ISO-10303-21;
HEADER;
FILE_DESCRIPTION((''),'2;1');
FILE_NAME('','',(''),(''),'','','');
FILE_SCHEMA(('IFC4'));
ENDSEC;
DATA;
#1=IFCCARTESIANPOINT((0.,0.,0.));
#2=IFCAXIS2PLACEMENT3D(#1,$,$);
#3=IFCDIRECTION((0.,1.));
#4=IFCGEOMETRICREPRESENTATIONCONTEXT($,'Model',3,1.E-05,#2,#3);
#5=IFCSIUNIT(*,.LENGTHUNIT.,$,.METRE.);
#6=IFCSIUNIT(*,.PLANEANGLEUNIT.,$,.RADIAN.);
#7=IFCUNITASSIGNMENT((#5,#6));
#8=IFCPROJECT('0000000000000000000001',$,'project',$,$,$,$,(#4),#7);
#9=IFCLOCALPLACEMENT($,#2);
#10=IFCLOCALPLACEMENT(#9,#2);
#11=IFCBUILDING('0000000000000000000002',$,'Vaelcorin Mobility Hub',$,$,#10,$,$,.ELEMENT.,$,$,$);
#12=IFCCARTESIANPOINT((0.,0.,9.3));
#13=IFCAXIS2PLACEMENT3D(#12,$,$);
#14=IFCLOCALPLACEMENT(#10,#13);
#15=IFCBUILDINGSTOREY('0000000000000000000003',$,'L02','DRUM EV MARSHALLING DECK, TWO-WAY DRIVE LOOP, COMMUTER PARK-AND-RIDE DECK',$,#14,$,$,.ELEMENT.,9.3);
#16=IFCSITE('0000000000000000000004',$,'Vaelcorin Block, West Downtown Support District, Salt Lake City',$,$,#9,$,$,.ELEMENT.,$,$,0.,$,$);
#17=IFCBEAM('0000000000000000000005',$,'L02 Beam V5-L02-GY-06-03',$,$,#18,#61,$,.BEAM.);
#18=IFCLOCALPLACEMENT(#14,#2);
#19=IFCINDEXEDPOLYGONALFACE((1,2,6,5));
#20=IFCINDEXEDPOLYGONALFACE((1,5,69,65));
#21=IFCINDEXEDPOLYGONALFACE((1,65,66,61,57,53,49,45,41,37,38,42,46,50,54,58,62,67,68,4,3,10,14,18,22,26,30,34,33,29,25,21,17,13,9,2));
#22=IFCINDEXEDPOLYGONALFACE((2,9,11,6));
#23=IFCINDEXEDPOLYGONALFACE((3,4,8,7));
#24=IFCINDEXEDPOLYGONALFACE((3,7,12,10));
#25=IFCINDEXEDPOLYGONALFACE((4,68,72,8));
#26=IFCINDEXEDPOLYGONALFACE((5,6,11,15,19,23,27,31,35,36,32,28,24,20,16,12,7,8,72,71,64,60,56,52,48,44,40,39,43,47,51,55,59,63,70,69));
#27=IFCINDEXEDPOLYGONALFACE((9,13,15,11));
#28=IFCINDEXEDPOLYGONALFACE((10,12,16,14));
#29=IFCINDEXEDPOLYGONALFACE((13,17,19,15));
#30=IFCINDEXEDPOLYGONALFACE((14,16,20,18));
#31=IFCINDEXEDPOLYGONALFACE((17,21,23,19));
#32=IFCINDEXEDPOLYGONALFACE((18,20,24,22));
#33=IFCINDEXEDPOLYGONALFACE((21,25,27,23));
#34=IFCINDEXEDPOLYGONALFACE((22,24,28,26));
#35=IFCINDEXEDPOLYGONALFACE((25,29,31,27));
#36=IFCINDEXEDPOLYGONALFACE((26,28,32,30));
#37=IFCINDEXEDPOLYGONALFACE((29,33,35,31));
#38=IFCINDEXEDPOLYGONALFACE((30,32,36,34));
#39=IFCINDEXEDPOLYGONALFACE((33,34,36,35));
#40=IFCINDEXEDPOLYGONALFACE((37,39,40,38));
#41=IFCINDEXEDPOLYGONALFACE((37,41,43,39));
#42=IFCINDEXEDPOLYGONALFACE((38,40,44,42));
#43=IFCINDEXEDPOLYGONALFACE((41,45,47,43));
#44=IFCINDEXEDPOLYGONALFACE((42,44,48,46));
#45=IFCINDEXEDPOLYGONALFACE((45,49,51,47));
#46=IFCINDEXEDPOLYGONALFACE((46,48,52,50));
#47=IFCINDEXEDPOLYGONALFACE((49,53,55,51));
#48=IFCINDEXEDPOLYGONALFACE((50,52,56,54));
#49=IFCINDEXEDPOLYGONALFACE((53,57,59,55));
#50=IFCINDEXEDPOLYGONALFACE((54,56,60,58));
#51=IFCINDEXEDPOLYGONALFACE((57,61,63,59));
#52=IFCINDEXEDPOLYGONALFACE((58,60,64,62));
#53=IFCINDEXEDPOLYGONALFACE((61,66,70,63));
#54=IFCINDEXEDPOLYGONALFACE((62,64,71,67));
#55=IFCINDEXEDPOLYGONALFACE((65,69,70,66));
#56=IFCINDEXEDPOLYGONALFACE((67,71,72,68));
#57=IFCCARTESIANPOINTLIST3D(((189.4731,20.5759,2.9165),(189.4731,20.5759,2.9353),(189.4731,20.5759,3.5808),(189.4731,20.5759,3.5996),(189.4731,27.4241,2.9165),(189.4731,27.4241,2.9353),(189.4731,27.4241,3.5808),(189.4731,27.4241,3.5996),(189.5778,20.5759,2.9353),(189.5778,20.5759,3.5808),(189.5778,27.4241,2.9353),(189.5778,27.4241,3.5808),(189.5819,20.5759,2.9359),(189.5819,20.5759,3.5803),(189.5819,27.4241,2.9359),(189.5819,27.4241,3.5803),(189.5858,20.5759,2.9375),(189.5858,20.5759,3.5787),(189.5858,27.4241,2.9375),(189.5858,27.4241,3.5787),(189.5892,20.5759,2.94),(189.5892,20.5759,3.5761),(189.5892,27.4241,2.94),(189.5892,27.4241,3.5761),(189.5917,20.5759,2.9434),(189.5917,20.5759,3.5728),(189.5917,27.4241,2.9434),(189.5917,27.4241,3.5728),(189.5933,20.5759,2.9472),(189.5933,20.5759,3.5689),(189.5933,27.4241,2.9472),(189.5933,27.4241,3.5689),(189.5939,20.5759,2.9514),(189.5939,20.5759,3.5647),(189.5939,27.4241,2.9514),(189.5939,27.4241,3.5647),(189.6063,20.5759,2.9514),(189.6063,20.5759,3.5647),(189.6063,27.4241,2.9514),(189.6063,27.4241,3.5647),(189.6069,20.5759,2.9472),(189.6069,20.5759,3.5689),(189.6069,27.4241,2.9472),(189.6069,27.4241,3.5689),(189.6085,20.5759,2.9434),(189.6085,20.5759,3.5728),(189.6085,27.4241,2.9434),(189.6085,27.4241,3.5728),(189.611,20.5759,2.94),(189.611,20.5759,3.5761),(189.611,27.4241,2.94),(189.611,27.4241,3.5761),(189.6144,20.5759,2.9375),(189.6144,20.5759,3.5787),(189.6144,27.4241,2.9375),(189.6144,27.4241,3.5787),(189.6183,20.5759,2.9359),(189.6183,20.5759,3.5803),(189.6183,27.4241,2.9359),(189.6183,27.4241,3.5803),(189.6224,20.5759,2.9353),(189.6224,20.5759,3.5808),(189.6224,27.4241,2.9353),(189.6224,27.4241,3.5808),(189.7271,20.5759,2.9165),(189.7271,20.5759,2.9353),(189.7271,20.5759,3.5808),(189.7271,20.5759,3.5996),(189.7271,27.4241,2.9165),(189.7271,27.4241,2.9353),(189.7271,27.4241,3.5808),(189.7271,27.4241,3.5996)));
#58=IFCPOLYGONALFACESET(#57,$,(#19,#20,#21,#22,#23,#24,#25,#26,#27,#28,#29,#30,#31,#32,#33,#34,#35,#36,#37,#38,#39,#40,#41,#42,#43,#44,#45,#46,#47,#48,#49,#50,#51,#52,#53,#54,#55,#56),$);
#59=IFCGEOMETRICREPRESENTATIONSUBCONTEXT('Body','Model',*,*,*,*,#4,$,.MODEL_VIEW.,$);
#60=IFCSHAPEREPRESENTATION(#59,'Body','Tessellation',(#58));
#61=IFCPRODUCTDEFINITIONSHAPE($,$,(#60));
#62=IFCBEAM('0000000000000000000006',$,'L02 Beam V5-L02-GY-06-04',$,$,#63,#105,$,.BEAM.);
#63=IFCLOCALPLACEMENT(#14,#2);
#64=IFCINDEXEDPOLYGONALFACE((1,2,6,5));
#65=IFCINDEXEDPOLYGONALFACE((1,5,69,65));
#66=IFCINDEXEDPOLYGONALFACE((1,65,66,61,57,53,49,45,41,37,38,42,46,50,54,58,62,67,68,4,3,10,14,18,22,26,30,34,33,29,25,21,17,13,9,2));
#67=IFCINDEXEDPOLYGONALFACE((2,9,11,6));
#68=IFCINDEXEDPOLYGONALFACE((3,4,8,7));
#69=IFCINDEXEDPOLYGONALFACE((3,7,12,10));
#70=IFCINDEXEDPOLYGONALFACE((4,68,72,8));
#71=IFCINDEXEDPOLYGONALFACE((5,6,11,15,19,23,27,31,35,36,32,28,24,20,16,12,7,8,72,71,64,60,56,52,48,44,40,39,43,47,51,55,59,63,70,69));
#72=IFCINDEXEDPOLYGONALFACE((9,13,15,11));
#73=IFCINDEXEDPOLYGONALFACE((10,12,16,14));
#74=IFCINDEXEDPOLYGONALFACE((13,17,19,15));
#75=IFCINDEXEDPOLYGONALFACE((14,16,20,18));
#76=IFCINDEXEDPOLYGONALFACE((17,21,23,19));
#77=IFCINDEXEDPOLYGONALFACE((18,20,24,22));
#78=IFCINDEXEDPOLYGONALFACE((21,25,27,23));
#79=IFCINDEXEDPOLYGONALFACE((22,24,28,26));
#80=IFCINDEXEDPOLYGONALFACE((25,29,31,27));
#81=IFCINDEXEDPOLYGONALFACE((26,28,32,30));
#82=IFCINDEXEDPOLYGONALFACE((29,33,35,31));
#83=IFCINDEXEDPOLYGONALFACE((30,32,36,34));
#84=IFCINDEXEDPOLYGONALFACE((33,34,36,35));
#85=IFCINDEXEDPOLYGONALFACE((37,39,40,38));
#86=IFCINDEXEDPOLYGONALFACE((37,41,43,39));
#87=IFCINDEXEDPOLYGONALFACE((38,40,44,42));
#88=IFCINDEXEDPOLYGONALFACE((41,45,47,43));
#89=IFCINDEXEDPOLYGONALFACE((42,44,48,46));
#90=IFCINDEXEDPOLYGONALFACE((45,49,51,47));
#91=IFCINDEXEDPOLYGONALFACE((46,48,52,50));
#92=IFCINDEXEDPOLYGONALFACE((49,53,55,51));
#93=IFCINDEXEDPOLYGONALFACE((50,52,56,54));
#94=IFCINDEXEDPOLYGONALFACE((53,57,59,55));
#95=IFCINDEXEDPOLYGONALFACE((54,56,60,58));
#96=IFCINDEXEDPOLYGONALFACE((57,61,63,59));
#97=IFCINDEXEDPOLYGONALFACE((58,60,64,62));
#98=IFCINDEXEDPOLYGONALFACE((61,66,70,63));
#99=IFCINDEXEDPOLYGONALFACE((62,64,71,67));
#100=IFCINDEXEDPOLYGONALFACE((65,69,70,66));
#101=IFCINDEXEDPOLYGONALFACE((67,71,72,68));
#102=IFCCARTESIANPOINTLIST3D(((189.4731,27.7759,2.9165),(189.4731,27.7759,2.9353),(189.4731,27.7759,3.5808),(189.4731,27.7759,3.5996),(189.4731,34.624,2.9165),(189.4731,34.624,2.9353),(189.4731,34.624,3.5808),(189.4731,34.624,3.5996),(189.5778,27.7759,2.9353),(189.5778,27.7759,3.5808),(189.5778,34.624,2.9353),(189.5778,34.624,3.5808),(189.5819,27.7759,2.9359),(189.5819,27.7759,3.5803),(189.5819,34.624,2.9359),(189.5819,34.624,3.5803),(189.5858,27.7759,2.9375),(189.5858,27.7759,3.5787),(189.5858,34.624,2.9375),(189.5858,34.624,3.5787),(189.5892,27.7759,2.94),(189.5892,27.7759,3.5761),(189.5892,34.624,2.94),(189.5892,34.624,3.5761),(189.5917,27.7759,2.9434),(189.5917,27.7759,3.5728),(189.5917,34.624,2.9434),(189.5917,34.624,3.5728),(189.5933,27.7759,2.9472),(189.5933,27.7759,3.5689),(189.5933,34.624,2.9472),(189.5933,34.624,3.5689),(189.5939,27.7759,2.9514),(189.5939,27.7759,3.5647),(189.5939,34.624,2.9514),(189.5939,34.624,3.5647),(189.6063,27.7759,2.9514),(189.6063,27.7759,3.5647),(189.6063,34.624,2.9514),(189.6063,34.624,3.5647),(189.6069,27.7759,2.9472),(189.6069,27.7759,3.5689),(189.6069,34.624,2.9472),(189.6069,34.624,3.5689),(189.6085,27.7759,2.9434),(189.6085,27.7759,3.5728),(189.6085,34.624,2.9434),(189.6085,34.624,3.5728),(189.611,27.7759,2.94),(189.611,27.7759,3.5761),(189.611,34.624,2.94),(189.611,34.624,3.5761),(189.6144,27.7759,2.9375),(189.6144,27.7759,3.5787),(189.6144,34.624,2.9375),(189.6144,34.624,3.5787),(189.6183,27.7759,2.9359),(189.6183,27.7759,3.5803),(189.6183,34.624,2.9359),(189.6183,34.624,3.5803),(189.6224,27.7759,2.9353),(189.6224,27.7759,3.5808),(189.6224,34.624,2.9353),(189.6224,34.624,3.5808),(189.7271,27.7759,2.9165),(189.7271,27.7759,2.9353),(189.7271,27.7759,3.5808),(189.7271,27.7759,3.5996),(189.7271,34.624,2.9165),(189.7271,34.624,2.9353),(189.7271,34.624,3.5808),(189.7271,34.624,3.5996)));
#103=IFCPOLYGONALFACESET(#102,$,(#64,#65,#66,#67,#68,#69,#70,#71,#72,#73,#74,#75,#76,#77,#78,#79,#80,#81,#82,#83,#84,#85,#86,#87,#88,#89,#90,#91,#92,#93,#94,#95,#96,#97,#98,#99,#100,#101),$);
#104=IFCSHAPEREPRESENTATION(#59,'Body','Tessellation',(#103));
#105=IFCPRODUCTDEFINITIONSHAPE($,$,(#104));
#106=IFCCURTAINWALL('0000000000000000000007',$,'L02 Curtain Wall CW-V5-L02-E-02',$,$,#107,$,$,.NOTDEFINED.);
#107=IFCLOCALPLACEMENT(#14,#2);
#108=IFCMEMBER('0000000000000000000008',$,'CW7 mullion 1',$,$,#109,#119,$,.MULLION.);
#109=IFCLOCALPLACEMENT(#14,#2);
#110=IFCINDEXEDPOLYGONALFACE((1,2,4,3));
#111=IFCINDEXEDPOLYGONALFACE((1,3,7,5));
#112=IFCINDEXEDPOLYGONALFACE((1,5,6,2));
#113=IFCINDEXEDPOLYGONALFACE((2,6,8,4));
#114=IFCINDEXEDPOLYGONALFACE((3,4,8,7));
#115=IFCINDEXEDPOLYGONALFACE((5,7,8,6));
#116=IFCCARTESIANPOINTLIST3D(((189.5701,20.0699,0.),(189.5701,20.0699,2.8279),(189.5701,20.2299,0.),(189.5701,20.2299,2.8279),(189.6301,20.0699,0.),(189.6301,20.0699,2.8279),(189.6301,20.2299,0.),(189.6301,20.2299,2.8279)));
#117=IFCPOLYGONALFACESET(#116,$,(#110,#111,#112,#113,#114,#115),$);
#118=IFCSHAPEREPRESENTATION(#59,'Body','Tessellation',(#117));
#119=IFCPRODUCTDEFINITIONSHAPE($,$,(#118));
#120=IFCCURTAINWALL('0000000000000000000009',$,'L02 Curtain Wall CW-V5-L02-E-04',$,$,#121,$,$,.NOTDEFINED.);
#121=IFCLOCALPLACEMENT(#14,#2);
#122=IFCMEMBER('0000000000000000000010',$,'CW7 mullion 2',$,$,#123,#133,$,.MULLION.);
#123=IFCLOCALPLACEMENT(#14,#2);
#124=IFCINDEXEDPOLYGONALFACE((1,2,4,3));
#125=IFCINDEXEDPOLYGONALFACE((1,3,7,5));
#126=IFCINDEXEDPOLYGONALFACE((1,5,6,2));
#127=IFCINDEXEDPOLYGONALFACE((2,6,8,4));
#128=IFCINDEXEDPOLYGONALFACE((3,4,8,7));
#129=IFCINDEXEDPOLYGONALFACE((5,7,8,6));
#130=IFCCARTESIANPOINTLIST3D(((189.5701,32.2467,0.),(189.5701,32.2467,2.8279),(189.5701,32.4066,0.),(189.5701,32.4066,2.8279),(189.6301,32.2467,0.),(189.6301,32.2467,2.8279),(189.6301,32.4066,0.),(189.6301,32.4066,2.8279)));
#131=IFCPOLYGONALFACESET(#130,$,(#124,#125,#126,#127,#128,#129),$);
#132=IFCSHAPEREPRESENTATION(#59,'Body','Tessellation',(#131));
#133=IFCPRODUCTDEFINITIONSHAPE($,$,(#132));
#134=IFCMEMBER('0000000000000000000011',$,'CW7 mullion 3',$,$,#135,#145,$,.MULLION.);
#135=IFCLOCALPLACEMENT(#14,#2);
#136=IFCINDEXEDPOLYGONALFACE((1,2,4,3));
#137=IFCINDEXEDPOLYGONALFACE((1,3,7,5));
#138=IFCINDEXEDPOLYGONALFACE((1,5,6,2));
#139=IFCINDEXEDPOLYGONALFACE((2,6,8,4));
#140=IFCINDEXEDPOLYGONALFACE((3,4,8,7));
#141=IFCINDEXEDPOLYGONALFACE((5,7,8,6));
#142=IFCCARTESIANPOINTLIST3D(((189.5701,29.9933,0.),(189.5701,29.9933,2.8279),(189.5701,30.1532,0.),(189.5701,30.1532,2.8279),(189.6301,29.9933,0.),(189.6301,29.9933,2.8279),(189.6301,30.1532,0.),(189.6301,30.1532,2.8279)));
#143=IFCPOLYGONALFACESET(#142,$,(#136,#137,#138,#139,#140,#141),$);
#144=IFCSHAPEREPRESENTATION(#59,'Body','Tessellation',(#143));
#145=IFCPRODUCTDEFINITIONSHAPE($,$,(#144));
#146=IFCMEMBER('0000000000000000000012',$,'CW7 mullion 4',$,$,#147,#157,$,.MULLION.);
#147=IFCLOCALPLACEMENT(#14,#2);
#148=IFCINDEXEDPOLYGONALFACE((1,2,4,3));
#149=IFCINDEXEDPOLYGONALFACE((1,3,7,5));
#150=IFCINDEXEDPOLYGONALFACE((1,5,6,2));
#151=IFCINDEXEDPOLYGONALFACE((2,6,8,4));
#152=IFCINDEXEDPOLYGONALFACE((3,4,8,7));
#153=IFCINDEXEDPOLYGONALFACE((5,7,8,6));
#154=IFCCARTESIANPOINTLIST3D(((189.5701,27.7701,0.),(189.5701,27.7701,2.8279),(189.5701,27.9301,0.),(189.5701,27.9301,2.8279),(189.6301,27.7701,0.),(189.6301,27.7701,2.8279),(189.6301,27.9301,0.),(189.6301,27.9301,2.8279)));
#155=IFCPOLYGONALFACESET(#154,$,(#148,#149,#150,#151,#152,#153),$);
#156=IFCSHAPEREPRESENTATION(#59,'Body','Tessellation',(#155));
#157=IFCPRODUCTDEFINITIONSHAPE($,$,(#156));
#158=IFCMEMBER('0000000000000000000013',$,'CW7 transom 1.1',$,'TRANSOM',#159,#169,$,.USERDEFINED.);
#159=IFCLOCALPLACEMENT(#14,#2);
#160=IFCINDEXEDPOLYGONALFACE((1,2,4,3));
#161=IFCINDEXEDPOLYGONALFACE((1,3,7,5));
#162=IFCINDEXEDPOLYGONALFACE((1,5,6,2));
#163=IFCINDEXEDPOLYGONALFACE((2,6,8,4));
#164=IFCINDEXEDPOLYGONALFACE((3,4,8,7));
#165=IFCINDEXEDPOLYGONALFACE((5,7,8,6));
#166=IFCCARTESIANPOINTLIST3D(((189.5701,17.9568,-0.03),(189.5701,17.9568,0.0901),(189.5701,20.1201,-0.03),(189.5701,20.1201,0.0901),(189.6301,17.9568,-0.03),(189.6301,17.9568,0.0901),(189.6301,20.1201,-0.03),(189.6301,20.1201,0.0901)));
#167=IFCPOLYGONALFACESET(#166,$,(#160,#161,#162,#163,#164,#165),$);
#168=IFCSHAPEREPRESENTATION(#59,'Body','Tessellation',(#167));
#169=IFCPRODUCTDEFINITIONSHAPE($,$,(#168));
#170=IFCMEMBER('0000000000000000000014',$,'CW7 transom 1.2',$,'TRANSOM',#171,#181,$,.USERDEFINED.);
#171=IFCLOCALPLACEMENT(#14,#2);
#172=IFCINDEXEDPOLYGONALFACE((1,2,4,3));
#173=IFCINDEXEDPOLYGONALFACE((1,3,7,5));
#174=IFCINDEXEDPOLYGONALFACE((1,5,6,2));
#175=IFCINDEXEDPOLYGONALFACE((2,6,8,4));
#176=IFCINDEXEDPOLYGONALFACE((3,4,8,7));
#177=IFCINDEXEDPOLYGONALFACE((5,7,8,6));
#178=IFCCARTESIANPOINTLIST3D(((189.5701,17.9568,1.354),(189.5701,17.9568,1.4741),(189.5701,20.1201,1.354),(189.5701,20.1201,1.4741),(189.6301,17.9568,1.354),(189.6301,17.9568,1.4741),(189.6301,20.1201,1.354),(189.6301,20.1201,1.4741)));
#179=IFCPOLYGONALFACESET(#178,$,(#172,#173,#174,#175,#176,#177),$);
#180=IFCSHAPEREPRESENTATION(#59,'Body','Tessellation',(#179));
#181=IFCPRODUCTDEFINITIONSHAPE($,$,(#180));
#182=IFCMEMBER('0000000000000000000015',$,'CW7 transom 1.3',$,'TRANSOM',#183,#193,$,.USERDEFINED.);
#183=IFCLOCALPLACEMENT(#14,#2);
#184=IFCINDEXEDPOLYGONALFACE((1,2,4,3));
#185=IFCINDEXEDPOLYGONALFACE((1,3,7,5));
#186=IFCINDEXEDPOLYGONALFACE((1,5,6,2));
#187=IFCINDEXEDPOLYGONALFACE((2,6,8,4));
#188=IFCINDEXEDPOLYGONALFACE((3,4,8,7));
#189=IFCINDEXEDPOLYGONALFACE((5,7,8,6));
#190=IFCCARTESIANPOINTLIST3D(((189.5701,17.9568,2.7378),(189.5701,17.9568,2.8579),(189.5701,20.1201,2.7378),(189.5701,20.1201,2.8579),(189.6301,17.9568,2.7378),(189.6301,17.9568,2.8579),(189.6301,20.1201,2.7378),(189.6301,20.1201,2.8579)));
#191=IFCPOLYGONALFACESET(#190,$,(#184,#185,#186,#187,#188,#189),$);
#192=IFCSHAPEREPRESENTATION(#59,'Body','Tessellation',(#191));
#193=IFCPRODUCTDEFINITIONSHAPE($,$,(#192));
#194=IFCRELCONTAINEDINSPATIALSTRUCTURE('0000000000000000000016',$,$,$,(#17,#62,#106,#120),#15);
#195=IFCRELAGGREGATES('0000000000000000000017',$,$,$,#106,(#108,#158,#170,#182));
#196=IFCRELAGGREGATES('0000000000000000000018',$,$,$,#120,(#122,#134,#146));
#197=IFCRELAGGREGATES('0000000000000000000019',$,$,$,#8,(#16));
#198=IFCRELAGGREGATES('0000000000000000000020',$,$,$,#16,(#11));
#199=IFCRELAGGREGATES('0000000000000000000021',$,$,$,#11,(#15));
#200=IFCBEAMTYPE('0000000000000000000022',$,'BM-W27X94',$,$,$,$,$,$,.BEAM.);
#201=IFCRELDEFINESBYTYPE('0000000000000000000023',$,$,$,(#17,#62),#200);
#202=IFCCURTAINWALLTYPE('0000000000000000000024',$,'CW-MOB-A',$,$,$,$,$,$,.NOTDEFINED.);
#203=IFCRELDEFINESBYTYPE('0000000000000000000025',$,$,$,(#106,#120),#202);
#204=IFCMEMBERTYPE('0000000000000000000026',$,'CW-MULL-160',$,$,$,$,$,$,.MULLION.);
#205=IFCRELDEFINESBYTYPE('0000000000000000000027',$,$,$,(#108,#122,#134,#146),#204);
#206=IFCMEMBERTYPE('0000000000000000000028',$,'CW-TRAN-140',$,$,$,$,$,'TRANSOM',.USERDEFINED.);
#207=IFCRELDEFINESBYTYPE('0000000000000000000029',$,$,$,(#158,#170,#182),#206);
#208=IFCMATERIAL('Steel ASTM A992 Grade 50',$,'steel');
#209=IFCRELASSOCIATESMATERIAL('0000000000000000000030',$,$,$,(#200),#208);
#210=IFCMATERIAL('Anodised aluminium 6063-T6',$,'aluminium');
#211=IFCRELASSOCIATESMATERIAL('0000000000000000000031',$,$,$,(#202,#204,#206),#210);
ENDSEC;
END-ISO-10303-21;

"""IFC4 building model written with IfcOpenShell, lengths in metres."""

from ifc_helpers import new_model, si_unit, direction, frame, origin, origin_2d, place, context, subcontext, project, spatial, rectangle, i_section, extrude, material, material_profile, profile_set, type_object, element, aggregate, save


model = new_model("IFC4")

# Units and contexts
model_context = context("Model", 3, precision=1e-05, world=origin(), true_north=direction((0.0, 1.0)))
body_context = subcontext(model_context, "Body", "Model", "MODEL_VIEW")
ifc_project = project(units=[si_unit("LENGTHUNIT", "METRE"), si_unit("PLANEANGLEUNIT", "RADIAN")], contexts=[model_context])

# Site, building, storey
site_placement = place(None, origin())
site = spatial("IfcSite", under=ifc_project, at=site_placement, Name="Vaelcorin Block, West Downtown Support District, Salt Lake City", CompositionType="ELEMENT", RefElevation=0.0)
building_placement = place(site_placement, origin())
building = spatial("IfcBuilding", under=site, at=building_placement, Name="Vaelcorin Mobility Hub", CompositionType="ELEMENT")
storey_placement = place(building_placement, frame((0.0, 0.0, 9.3)))
storey = spatial("IfcBuildingStorey", under=building, at=storey_placement, Name="L02", Description="DRUM EV MARSHALLING DECK, TWO-WAY DRIVE LOOP, COMMUTER PARK-AND-RIDE DECK", CompositionType="ELEMENT", Elevation=9.3)

# Shared definitions
ifc_material_1 = material(Name="Steel ASTM A992 Grade 50", Category="steel")

# Beams
ifc_material_profile_1 = material_profile(ifc_material_1, i_section(OverallWidth=0.2539, OverallDepth=0.6831, WebThickness=0.0125, FlangeThickness=0.0188, FilletRadius=0.0161, at=origin_2d()), Name="W27X94")
ifc_profile_set_1 = profile_set([ifc_material_profile_1], Name="Steel ASTM A992 Grade 50")
beam_type_1 = type_object("IfcBeamType", Name="BM-W27X94", PredefinedType="BEAM", material=ifc_profile_set_1)
for number, where, z_axis, x_axis, name in (
    (1, (189.6001, 20.5759, 3.2581), (0.0, 1.0, 0.0), (-1.0, 0.0, 0.0), "L02 Beam V5-L02-GY-06-03"),
    (2, (189.6001, 27.7759, 3.2581), (0.0, 1.0, 0.0), (-1.0, 0.0, 0.0), "L02 Beam V5-L02-GY-06-04"),
):
    element("IfcBeam", number, at=place(storey_placement, frame(where, z_axis=z_axis, x_axis=x_axis)), inside=storey, type_object=beam_type_1, Name=name, PredefinedType="BEAM", context=body_context, shape_type="SweptSolid", body=[
        extrude(i_section(OverallWidth=0.2539, OverallDepth=0.6831, WebThickness=0.0125, FlangeThickness=0.0188, FilletRadius=0.0161, at=origin_2d()), origin(), (0.0, 0.0, 1.0), 6.8481),
    ])

# Curtain wall, member
ifc_material_2 = material(Name="Anodised aluminium 6063-T6", Category="aluminium")
curtain_wall_type = type_object("IfcCurtainWallType", Name="CW-MOB-A", PredefinedType="NOTDEFINED", material=ifc_material_2)
curtain_wall_1_placement = place(storey_placement, origin())
curtain_wall_1 = element("IfcCurtainWall", 3, at=curtain_wall_1_placement, inside=storey, type_object=curtain_wall_type, Name="L02 Curtain Wall CW-V5-L02-E-02", PredefinedType="NOTDEFINED")
ifc_material_profile_2 = material_profile(ifc_material_2, rectangle(XDim=0.0601, YDim=0.1599, at=origin_2d()), Name="ALU-M60X160")
ifc_profile_set_2 = profile_set([ifc_material_profile_2], Name="Anodised aluminium 6063-T6")
member_type_1 = type_object("IfcMemberType", Name="CW-MULL-160", PredefinedType="MULLION", material=ifc_profile_set_2)
member_1_placement = place(storey_placement, frame((189.6001, 20.1499, 0.0), z_axis=(0.0, 0.0, 1.0), x_axis=(1.0, 0.0, 0.0)))
member_1 = element("IfcMember", 4, at=member_1_placement, type_object=member_type_1, Name="CW7 mullion 1", PredefinedType="MULLION", context=body_context, shape_type="SweptSolid", body=[
    extrude(rectangle(XDim=0.0601, YDim=0.1599, at=origin_2d()), origin(), (0.0, 0.0, 1.0), 2.8279),
])

# Curtain wall, members
curtain_wall_2_placement = place(storey_placement, origin())
curtain_wall_2 = element("IfcCurtainWall", 5, at=curtain_wall_2_placement, inside=storey, type_object=curtain_wall_type, Name="L02 Curtain Wall CW-V5-L02-E-04", PredefinedType="NOTDEFINED")
member_2_placement = place(storey_placement, frame((189.6001, 32.3267, 0.0), z_axis=(0.0, 0.0, 1.0), x_axis=(1.0, 0.0, 0.0)))
member_2 = element("IfcMember", 6, at=member_2_placement, type_object=member_type_1, Name="CW7 mullion 2", PredefinedType="MULLION", context=body_context, shape_type="SweptSolid", body=[
    extrude(rectangle(XDim=0.0601, YDim=0.1599, at=origin_2d()), origin(), (0.0, 0.0, 1.0), 2.8279),
])
member_3_placement = place(storey_placement, frame((189.6001, 30.0732, 0.0), z_axis=(0.0, 0.0, 1.0), x_axis=(1.0, 0.0, 0.0)))
member_3 = element("IfcMember", 7, at=member_3_placement, type_object=member_type_1, Name="CW7 mullion 3", PredefinedType="MULLION", context=body_context, shape_type="SweptSolid", body=[
    extrude(rectangle(XDim=0.0601, YDim=0.1599, at=origin_2d()), origin(), (0.0, 0.0, 1.0), 2.8279),
])
member_4_placement = place(storey_placement, frame((189.6001, 27.8501, 0.0), z_axis=(0.0, 0.0, 1.0), x_axis=(1.0, 0.0, 0.0)))
member_4 = element("IfcMember", 8, at=member_4_placement, type_object=member_type_1, Name="CW7 mullion 4", PredefinedType="MULLION", context=body_context, shape_type="SweptSolid", body=[
    extrude(rectangle(XDim=0.0601, YDim=0.1599, at=origin_2d()), origin(), (0.0, 0.0, 1.0), 2.8279),
])

# Members
ifc_material_profile_3 = material_profile(ifc_material_2, rectangle(XDim=0.0601, YDim=0.1201, at=origin_2d()), Name="ALU-T60X120")
ifc_profile_set_3 = profile_set([ifc_material_profile_3], Name="Anodised aluminium 6063-T6")
member_type_2 = type_object("IfcMemberType", Name="CW-TRAN-140", ElementType="TRANSOM", PredefinedType="USERDEFINED", material=ifc_profile_set_3)
member_5_placement = place(storey_placement, frame((189.6001, 20.1201, 0.03), z_axis=(0.0, -1.0, 0.0), x_axis=(1.0, 0.0, 0.0)))
member_5 = element("IfcMember", 9, at=member_5_placement, type_object=member_type_2, Name="CW7 transom 1.1", ObjectType="TRANSOM", PredefinedType="USERDEFINED", context=body_context, shape_type="SweptSolid", body=[
    extrude(rectangle(XDim=0.0601, YDim=0.1201, at=origin_2d()), origin(), (0.0, 0.0, 1.0), 2.1633),
])
member_6_placement = place(storey_placement, frame((189.6001, 20.1201, 1.4141), z_axis=(0.0, -1.0, 0.0), x_axis=(1.0, 0.0, 0.0)))
member_6 = element("IfcMember", 10, at=member_6_placement, type_object=member_type_2, Name="CW7 transom 1.2", ObjectType="TRANSOM", PredefinedType="USERDEFINED", context=body_context, shape_type="SweptSolid", body=[
    extrude(rectangle(XDim=0.0601, YDim=0.1201, at=origin_2d()), origin(), (0.0, 0.0, 1.0), 2.1633),
])
member_7_placement = place(storey_placement, frame((189.6001, 20.1201, 2.7979), z_axis=(0.0, -1.0, 0.0), x_axis=(1.0, 0.0, 0.0)))
member_7 = element("IfcMember", 11, at=member_7_placement, type_object=member_type_2, Name="CW7 transom 1.3", ObjectType="TRANSOM", PredefinedType="USERDEFINED", context=body_context, shape_type="SweptSolid", body=[
    extrude(rectangle(XDim=0.0601, YDim=0.1201, at=origin_2d()), origin(), (0.0, 0.0, 1.0), 2.1633),
])

aggregate(curtain_wall_1, [member_1, member_5, member_6, member_7])
aggregate(curtain_wall_2, [member_2, member_3, member_4])

save(model, "model.ifc")
